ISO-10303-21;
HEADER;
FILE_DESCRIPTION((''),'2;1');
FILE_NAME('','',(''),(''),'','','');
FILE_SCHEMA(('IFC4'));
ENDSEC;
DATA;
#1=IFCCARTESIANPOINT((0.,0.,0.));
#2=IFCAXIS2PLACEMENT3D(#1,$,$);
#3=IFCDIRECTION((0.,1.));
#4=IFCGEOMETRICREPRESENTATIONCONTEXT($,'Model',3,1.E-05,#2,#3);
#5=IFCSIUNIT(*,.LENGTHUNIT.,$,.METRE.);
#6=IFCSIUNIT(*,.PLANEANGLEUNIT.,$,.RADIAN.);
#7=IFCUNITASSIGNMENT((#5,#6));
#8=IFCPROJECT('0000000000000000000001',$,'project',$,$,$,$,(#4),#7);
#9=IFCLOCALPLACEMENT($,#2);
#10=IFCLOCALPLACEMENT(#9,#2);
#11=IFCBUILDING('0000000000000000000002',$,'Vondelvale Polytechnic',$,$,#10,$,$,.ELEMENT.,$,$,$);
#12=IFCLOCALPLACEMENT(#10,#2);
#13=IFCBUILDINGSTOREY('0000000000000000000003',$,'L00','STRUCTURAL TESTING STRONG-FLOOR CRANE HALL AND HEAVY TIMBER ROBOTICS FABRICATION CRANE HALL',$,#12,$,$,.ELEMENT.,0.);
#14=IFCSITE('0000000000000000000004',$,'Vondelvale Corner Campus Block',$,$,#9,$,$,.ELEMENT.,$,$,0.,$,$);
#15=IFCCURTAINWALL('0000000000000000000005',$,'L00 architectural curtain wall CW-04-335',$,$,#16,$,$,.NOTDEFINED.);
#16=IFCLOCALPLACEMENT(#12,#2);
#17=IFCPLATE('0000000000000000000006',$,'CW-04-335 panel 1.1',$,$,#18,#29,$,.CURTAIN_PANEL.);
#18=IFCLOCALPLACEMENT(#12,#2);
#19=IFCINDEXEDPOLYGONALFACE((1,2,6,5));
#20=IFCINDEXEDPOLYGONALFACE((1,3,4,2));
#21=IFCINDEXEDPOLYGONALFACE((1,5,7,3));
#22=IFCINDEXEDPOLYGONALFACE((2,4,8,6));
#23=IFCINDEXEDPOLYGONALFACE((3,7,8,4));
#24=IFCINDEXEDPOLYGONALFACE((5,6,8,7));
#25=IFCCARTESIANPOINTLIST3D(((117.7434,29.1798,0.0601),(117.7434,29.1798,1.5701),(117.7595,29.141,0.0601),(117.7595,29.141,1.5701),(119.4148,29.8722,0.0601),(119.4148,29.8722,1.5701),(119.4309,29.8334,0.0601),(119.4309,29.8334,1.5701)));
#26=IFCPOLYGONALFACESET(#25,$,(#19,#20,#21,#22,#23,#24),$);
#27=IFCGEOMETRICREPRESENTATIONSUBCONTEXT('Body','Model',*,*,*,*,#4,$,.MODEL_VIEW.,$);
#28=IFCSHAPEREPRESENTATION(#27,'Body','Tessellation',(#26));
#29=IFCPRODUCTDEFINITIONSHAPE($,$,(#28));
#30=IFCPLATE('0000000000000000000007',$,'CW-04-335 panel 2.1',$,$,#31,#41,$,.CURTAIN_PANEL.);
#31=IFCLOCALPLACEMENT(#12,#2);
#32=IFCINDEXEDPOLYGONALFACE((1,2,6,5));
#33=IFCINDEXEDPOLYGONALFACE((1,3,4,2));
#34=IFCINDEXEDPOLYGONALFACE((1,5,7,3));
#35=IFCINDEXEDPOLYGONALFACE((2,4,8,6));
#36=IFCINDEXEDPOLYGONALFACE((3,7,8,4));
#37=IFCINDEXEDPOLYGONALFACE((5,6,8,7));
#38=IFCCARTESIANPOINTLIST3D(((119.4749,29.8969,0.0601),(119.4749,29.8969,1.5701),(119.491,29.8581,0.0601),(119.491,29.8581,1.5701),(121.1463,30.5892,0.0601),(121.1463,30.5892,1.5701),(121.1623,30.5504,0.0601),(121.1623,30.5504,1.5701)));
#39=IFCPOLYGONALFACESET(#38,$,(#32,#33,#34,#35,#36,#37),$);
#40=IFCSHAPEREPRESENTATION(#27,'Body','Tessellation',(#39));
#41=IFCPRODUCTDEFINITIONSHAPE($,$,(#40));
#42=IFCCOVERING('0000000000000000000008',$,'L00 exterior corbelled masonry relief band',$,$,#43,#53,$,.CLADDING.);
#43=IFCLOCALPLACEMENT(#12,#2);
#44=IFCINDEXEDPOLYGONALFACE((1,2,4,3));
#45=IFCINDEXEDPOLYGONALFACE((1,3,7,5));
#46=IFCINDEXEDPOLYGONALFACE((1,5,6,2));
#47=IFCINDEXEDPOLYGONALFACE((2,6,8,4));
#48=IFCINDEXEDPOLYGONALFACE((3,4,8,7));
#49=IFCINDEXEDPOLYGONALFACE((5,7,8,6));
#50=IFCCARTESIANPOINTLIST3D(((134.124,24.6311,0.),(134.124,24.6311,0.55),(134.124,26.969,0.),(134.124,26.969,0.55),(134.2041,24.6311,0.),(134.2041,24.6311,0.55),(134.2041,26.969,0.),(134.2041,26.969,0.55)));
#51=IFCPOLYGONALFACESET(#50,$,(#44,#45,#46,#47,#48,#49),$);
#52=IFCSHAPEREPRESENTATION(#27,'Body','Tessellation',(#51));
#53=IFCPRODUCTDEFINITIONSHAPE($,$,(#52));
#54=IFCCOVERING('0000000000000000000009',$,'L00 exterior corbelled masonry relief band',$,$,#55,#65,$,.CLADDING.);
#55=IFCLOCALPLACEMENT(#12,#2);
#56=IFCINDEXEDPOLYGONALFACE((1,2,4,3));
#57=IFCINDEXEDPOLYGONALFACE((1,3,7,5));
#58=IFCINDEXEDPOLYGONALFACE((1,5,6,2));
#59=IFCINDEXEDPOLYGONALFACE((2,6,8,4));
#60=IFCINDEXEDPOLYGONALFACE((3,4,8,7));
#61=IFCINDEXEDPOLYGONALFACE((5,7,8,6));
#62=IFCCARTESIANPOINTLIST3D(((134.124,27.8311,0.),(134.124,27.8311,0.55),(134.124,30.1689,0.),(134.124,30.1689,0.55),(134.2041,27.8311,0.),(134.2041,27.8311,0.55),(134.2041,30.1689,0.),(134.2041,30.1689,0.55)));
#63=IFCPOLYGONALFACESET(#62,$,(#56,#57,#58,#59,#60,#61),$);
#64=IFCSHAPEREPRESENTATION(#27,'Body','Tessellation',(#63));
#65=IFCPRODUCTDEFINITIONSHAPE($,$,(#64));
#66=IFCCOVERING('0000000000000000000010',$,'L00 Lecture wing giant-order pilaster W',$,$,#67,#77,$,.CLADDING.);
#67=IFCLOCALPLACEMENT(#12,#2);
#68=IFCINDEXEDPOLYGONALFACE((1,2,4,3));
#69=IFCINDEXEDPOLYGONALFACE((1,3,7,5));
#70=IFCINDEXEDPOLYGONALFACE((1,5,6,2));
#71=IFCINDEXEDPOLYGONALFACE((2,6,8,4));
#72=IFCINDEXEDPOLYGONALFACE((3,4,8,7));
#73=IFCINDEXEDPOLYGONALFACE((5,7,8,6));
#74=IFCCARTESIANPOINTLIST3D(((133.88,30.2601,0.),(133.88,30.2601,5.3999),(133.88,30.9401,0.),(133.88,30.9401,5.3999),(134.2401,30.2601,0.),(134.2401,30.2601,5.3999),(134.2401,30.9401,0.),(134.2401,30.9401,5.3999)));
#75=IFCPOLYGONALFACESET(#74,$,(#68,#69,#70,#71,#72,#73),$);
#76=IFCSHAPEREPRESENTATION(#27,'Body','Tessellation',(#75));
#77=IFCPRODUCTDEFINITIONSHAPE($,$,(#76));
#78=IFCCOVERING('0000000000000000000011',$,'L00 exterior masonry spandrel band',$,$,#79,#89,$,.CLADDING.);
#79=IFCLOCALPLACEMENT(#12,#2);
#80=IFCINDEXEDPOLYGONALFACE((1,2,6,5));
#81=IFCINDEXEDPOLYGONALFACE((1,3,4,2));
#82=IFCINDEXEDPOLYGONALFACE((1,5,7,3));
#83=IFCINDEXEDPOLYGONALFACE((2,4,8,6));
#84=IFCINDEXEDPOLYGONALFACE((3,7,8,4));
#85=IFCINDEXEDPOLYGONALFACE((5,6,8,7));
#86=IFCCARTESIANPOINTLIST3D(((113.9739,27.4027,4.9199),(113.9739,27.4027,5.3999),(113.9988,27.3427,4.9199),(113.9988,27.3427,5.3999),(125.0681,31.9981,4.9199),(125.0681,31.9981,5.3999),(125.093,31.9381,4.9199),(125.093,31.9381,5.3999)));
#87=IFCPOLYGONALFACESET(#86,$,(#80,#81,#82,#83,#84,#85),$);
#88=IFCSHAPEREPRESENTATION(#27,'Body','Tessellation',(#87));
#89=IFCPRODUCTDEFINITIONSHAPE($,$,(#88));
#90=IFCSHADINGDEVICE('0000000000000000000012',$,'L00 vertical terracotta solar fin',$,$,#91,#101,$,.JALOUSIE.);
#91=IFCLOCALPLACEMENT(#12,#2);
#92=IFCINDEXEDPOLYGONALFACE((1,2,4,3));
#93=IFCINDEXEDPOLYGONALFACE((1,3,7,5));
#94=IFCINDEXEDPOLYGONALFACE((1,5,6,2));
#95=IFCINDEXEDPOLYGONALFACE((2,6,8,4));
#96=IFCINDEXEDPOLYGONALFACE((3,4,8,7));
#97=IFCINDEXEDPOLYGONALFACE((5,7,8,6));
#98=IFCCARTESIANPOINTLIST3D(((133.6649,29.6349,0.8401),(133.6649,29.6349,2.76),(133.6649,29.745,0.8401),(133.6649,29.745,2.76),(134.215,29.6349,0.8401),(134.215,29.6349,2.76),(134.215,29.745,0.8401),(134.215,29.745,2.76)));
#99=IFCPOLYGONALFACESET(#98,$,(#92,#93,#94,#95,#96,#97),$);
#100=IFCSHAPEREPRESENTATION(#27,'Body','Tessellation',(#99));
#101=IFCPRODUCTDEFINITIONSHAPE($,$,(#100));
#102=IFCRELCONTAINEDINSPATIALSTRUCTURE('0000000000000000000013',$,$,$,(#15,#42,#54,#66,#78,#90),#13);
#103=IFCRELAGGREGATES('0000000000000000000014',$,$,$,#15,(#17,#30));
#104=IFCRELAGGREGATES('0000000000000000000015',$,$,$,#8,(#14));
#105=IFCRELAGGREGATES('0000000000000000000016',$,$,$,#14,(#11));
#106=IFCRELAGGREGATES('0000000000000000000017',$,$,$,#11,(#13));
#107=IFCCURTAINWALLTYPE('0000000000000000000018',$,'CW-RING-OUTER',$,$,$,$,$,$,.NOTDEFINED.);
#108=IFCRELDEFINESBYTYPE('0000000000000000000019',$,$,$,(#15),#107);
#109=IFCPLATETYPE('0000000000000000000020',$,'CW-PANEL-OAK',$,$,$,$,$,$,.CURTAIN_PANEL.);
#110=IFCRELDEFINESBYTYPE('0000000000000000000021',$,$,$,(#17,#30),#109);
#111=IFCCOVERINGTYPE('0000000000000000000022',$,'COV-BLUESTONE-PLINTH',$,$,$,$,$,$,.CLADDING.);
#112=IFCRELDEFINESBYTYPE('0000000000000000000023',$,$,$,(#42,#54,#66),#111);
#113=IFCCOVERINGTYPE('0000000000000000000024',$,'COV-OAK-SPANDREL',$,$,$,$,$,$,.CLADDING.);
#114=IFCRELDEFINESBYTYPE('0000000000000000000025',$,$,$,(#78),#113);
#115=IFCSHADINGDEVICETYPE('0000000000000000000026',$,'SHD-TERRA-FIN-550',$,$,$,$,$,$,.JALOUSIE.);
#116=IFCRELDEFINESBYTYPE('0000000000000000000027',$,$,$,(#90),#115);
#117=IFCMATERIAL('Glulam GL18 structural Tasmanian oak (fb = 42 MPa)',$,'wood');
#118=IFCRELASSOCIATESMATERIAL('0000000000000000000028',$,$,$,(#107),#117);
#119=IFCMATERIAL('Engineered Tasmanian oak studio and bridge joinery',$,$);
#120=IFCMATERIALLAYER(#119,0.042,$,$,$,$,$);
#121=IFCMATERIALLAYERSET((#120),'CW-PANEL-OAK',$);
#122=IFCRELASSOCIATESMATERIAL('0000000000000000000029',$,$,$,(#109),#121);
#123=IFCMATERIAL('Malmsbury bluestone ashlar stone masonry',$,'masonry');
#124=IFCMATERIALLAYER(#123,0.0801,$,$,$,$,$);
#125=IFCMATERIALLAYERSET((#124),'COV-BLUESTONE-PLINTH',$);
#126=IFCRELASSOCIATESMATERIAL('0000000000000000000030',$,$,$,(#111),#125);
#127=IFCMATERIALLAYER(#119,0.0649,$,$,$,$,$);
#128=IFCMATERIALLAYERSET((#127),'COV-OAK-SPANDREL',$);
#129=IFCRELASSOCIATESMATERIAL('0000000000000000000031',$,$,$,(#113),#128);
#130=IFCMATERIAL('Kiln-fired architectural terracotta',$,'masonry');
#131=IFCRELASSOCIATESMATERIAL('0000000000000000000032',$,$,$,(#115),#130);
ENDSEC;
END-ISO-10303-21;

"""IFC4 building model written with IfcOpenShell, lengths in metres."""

from ifc_helpers import new_model, si_unit, direction, frame, origin, origin_2d, place, context, subcontext, project, spatial, rectangle, extrude, material, layer, layer_set, type_object, element, aggregate, save


model = new_model("IFC4")

# Units and contexts
model_context = context("Model", 3, precision=1e-05, world=origin(), true_north=direction((0.0, 1.0)))
body_context = subcontext(model_context, "Body", "Model", "MODEL_VIEW")
ifc_project = project(units=[si_unit("LENGTHUNIT", "METRE"), si_unit("PLANEANGLEUNIT", "RADIAN")], contexts=[model_context])

# Site, building, storey
site_placement = place(None, origin())
site = spatial("IfcSite", under=ifc_project, at=site_placement, Name="Vondelvale Corner Campus Block", CompositionType="ELEMENT", RefElevation=0.0)
building_placement = place(site_placement, origin())
building = spatial("IfcBuilding", under=site, at=building_placement, Name="Vondelvale Polytechnic", CompositionType="ELEMENT")
storey_placement = place(building_placement, origin())
storey = spatial("IfcBuildingStorey", under=building, at=storey_placement, Name="L00", Description="STRUCTURAL TESTING STRONG-FLOOR CRANE HALL AND HEAVY TIMBER ROBOTICS FABRICATION CRANE HALL", CompositionType="ELEMENT", Elevation=0.0)

# Shared definitions
ifc_material_1 = material(Name="Glulam GL18 structural Tasmanian oak (fb = 42 MPa)", Category="wood")

# Shared definitions
curtain_wall_type = type_object("IfcCurtainWallType", Name="CW-RING-OUTER", PredefinedType="NOTDEFINED", material=ifc_material_1)

# Curtain wall
curtain_wall_1_placement = place(storey_placement, origin())
curtain_wall_1 = element("IfcCurtainWall", 1, at=curtain_wall_1_placement, inside=storey, type_object=curtain_wall_type, Name="L00 architectural curtain wall CW-04-335", PredefinedType="NOTDEFINED")

# Plates
ifc_material_2 = material(Name="Engineered Tasmanian oak studio and bridge joinery")
ifc_layer_1 = layer(ifc_material_2, 0.042)
ifc_layer_set_1 = layer_set([ifc_layer_1], Name="CW-PANEL-OAK")
plate_type_1 = type_object("IfcPlateType", Name="CW-PANEL-OAK", PredefinedType="CURTAIN_PANEL", material=ifc_layer_set_1)
plate_1_placement = place(storey_placement, frame((118.5872, 29.5066, 0.0601), z_axis=(0.0, 0.0, 1.0), x_axis=(0.923875, 0.382695, 0.0)))
plate_1 = element("IfcPlate", 2, at=plate_1_placement, type_object=plate_type_1, Name="CW-04-335 panel 1.1", PredefinedType="CURTAIN_PANEL", context=body_context, shape_type="SweptSolid", body=[
    extrude(rectangle(XDim=1.8091, YDim=0.042, at=origin_2d()), origin(), (0.0, 0.0, 1.0), 1.51),
])
plate_2_placement = place(storey_placement, frame((120.3186, 30.2236, 0.0601), z_axis=(0.0, 0.0, 1.0), x_axis=(0.923875, 0.382695, 0.0)))
plate_2 = element("IfcPlate", 3, at=plate_2_placement, type_object=plate_type_1, Name="CW-04-335 panel 2.1", PredefinedType="CURTAIN_PANEL", context=body_context, shape_type="SweptSolid", body=[
    extrude(rectangle(XDim=1.8091, YDim=0.042, at=origin_2d()), origin(), (0.0, 0.0, 1.0), 1.51),
])
aggregate(curtain_wall_1, [plate_1, plate_2])

# Coverings
ifc_material_3 = material(Name="Malmsbury bluestone ashlar stone masonry", Category="masonry")
ifc_layer_2 = layer(ifc_material_3, 0.0801)
ifc_layer_set_2 = layer_set([ifc_layer_2], Name="COV-BLUESTONE-PLINTH")
covering_type_1 = type_object("IfcCoveringType", Name="COV-BLUESTONE-PLINTH", PredefinedType="CLADDING", material=ifc_layer_set_2)
for number, where, z_axis, x_axis, name in (
    (4, (134.1641, 25.8, 0.0), (0.0, 0.0, 1.0), (0.0, 1.0, 0.0), "L00 exterior corbelled masonry relief band"),
    (5, (134.1641, 29.0, 0.0), (0.0, 0.0, 1.0), (0.0, 1.0, 0.0), "L00 exterior corbelled masonry relief band"),
):
    element("IfcCovering", number, at=place(storey_placement, frame(where, z_axis=z_axis, x_axis=x_axis)), inside=storey, type_object=covering_type_1, Name=name, PredefinedType="CLADDING", context=body_context, shape_type="SweptSolid", body=[
        extrude(rectangle(XDim=2.3379, YDim=0.0801, at=origin_2d()), origin(), (0.0, 0.0, 1.0), 0.55),
    ])
covering_1_placement = place(storey_placement, frame((134.0601, 30.6001, 0.0), z_axis=(0.0, 0.0, 1.0), x_axis=(1.0, 0.0, 0.0)))
element("IfcCovering", 6, at=covering_1_placement, inside=storey, type_object=covering_type_1, Name="L00 Lecture wing giant-order pilaster W", PredefinedType="CLADDING", context=body_context, shape_type="SweptSolid", body=[
    extrude(rectangle(XDim=0.3601, YDim=0.6799, at=origin_2d()), origin(), (0.0, 0.0, 1.0), 5.3999),
])
ifc_layer_3 = layer(ifc_material_2, 0.0649)
ifc_layer_set_3 = layer_set([ifc_layer_3], Name="COV-OAK-SPANDREL")
covering_type_2 = type_object("IfcCoveringType", Name="COV-OAK-SPANDREL", PredefinedType="CLADDING", material=ifc_layer_set_3)
covering_2_placement = place(storey_placement, frame((119.5334, 29.6704, 4.9199), z_axis=(0.0, 0.0, 1.0), x_axis=(0.92388, 0.382683, 0.0)))
element("IfcCovering", 7, at=covering_2_placement, inside=storey, type_object=covering_type_2, Name="L00 exterior masonry spandrel band", PredefinedType="CLADDING", context=body_context, shape_type="SweptSolid", body=[
    extrude(rectangle(XDim=12.0083, YDim=0.0649, at=origin_2d()), origin(), (0.0, 0.0, 1.0), 0.48),
])

# Shading device
ifc_material_4 = material(Name="Kiln-fired architectural terracotta", Category="masonry")
shading_device_type = type_object("IfcShadingDeviceType", Name="SHD-TERRA-FIN-550", PredefinedType="JALOUSIE", material=ifc_material_4)
shading_device_placement = place(storey_placement, frame((133.9399, 29.6899, 0.8401), z_axis=(0.0, 0.0, 1.0), x_axis=(0.0, 1.0, 0.0)))
element("IfcShadingDevice", 8, at=shading_device_placement, inside=storey, type_object=shading_device_type, Name="L00 vertical terracotta solar fin", PredefinedType="JALOUSIE", context=body_context, shape_type="SweptSolid", body=[
    extrude(rectangle(XDim=0.1101, YDim=0.55, at=origin_2d()), origin(), (0.0, 0.0, 1.0), 1.9199),
])

save(model, "model.ifc")
